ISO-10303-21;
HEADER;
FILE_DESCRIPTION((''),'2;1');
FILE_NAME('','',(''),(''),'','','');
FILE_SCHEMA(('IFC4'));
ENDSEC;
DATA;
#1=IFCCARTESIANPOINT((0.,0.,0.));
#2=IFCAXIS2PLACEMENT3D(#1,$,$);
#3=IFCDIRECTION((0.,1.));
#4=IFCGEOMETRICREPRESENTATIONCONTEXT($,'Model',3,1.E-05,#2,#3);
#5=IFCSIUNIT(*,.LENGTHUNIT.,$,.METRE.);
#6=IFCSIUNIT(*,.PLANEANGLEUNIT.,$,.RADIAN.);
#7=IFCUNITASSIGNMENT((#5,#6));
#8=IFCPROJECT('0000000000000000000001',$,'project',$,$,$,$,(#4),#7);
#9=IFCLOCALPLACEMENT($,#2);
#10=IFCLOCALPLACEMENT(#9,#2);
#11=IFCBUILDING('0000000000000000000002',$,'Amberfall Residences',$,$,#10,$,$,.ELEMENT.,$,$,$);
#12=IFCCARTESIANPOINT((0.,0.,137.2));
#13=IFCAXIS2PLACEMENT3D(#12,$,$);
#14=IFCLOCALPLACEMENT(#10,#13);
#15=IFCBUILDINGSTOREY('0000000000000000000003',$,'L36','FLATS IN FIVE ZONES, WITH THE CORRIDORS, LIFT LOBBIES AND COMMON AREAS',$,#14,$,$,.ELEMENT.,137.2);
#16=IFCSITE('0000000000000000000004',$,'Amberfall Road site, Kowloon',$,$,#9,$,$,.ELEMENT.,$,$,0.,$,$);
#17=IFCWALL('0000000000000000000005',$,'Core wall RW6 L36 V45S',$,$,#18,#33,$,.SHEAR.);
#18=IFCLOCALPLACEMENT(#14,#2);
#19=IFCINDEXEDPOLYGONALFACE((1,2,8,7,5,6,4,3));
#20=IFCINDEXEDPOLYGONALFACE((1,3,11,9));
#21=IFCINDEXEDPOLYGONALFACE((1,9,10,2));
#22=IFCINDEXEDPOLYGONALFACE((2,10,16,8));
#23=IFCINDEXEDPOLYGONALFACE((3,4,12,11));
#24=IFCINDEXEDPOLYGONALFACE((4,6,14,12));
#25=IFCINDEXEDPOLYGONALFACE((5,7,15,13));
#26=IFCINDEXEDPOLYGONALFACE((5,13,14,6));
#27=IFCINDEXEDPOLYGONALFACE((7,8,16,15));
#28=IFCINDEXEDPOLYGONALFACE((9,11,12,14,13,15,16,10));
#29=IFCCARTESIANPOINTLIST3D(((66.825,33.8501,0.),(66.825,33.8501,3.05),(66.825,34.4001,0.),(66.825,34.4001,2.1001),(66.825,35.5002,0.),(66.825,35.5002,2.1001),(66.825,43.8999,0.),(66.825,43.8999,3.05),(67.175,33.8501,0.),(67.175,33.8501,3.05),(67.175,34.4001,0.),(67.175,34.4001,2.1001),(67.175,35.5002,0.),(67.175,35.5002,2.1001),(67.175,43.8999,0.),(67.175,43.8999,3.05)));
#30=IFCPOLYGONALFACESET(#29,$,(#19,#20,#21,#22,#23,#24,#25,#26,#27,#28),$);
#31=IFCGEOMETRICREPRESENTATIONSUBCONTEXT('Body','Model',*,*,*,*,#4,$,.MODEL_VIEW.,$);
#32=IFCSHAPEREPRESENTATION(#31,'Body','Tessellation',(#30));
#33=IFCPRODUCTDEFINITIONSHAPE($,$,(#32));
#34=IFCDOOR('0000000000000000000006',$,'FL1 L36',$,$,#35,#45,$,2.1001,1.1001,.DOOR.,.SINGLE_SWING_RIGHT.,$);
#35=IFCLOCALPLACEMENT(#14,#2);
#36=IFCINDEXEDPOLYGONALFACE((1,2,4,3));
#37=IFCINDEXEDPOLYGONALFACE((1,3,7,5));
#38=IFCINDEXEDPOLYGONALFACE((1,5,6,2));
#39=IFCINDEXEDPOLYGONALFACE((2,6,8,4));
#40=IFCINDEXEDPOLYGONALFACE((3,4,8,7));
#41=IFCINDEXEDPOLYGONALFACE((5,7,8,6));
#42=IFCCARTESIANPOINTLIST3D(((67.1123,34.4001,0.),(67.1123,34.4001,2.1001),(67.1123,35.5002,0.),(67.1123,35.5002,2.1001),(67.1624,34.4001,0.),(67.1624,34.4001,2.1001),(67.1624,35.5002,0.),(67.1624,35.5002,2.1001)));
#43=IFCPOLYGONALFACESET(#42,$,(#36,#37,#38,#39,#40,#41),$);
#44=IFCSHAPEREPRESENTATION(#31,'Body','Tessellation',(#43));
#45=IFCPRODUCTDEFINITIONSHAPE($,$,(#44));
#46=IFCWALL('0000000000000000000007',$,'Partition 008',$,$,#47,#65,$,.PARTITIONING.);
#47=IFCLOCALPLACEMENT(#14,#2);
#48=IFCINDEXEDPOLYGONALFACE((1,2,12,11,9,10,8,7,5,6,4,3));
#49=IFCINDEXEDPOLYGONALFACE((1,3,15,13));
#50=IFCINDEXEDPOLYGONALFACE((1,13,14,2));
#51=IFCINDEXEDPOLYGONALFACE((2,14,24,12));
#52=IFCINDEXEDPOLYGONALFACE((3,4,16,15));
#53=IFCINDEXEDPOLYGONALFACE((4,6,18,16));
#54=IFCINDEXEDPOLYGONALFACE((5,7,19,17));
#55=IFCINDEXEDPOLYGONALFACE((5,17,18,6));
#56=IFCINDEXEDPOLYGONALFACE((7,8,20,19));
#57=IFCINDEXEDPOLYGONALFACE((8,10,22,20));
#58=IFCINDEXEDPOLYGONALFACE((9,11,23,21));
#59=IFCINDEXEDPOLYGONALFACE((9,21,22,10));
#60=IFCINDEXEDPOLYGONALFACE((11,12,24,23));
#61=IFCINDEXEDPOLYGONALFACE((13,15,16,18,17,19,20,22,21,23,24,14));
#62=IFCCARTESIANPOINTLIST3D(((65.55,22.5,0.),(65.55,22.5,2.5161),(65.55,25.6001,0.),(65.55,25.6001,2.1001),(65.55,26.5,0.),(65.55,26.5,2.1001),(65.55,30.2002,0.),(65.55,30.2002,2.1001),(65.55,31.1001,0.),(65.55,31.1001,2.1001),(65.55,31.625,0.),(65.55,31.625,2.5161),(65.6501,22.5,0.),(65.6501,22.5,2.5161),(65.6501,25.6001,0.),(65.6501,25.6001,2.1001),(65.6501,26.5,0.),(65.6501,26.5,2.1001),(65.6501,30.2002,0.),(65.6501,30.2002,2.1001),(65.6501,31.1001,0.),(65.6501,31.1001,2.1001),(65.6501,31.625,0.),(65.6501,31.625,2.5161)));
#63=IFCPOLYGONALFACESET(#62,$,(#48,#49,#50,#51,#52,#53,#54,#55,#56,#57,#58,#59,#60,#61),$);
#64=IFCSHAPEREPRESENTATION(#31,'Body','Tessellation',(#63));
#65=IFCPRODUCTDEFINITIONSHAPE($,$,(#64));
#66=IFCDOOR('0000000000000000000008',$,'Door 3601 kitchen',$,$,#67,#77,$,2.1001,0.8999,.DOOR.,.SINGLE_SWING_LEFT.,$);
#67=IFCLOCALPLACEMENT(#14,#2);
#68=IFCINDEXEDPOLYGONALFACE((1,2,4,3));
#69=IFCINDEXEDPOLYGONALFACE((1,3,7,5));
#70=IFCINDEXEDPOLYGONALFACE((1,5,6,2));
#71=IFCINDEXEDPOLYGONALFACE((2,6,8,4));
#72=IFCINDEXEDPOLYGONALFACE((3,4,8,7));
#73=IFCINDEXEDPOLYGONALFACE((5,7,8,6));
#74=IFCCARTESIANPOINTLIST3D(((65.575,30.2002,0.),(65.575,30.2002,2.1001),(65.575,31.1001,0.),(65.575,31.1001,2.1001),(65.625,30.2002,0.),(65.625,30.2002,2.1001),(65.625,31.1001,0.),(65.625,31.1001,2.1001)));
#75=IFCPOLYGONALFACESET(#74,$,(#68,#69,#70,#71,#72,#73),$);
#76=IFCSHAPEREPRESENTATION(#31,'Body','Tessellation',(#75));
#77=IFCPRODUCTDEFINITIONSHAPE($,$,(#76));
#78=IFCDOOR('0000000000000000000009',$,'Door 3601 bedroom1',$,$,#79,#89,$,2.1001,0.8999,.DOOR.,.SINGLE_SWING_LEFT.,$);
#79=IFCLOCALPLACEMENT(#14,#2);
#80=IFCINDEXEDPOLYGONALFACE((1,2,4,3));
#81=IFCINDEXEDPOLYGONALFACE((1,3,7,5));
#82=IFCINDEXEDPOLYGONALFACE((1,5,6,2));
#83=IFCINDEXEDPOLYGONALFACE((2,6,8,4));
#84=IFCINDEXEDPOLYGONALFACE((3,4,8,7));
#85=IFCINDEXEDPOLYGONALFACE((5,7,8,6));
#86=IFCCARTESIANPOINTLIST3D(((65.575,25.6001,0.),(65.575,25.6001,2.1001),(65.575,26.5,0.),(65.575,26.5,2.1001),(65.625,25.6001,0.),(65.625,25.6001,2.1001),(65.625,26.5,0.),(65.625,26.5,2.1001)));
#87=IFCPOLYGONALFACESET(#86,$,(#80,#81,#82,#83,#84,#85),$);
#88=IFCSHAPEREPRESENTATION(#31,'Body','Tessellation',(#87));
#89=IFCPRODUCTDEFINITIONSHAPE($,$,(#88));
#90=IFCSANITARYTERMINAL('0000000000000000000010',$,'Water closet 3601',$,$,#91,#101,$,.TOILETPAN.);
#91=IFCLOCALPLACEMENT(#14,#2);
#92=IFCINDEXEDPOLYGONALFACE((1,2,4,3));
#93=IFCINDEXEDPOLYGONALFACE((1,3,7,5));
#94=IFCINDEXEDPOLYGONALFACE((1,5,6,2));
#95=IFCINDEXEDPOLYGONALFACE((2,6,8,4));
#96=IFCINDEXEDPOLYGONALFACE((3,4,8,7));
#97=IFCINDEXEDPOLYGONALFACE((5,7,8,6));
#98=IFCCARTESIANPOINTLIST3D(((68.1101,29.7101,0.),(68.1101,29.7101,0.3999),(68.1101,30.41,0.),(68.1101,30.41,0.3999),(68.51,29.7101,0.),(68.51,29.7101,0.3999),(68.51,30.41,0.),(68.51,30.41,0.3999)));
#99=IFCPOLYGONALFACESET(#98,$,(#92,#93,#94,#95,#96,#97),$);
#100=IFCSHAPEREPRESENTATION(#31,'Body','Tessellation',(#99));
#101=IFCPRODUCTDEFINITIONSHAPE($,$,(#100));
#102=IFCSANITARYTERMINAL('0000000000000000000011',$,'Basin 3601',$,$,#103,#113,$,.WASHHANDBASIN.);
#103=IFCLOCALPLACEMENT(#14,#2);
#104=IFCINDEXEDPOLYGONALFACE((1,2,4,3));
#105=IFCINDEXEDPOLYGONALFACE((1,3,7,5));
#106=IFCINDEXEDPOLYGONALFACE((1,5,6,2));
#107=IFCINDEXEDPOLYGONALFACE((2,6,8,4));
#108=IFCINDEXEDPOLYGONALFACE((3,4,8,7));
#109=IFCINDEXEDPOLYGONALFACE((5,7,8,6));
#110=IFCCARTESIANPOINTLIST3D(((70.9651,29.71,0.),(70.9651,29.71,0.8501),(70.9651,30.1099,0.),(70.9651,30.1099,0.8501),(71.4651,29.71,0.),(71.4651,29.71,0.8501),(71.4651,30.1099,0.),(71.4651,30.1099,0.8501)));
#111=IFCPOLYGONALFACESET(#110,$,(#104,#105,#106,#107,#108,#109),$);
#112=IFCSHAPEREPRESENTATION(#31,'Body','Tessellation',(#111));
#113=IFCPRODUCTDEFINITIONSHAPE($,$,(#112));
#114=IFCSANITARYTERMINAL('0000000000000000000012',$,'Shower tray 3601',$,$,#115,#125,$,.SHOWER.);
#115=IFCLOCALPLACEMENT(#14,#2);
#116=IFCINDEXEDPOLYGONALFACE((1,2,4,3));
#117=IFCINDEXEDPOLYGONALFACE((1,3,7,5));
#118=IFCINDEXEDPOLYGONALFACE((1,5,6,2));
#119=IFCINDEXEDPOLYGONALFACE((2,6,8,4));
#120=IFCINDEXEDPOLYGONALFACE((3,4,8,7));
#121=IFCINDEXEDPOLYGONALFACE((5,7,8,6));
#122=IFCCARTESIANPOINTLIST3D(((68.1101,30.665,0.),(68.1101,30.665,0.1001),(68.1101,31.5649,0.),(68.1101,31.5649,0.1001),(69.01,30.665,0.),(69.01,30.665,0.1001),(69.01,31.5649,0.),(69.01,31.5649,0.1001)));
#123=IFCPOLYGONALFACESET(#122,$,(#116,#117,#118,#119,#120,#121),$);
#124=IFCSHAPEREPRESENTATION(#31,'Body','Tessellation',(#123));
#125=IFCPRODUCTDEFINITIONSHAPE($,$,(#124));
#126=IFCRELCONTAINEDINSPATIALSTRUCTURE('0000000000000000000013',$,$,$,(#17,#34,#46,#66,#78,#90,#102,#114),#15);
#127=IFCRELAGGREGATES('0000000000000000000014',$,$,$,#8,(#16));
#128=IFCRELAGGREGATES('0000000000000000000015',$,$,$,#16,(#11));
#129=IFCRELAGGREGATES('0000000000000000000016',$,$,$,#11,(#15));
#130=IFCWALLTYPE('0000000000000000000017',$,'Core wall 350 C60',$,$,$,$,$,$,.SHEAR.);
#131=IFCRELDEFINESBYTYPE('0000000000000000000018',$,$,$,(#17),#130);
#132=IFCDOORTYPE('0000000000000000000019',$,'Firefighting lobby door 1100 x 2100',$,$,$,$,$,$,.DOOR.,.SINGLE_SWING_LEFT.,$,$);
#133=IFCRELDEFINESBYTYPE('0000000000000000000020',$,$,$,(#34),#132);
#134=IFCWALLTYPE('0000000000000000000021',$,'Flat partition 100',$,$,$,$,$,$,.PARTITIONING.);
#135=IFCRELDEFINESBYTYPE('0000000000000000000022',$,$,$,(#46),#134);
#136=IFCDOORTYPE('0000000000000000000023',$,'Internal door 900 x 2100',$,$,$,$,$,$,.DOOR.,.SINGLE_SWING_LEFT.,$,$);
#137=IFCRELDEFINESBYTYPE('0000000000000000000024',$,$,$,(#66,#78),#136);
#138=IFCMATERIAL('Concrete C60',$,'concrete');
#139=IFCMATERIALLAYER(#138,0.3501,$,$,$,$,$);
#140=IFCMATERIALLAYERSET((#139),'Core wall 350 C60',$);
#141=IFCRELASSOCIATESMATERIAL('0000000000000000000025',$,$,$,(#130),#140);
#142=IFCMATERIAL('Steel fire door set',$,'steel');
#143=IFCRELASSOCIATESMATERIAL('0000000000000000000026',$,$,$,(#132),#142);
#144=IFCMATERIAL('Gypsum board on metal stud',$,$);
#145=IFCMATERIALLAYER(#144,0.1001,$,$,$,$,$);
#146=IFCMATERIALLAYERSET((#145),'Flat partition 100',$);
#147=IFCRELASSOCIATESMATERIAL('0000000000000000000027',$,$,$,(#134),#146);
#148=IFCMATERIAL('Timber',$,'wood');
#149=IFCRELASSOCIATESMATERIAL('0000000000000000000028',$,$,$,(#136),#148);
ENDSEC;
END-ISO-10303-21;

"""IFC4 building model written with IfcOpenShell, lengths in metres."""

from ifc_helpers import new_model, si_unit, direction, frame, frame_2d, origin, origin_2d, place, context, subcontext, project, spatial, rectangle, extrude, material, layer, layer_set, type_object, element, fill, save


model = new_model("IFC4")

# Units and contexts
model_context = context("Model", 3, precision=1e-05, world=origin(), true_north=direction((0.0, 1.0)))
body_context = subcontext(model_context, "Body", "Model", "MODEL_VIEW")
ifc_project = project(units=[si_unit("LENGTHUNIT", "METRE"), si_unit("PLANEANGLEUNIT", "RADIAN")], contexts=[model_context])

# Site, building, storey
site_placement = place(None, origin())
site = spatial("IfcSite", under=ifc_project, at=site_placement, Name="Amberfall Road site, Kowloon", CompositionType="ELEMENT", RefElevation=0.0)
building_placement = place(site_placement, origin())
building = spatial("IfcBuilding", under=site, at=building_placement, Name="Amberfall Residences", CompositionType="ELEMENT")
storey_placement = place(building_placement, frame((0.0, 0.0, 137.2)))
storey = spatial("IfcBuildingStorey", under=building, at=storey_placement, Name="L36", Description="FLATS IN FIVE ZONES, WITH THE CORRIDORS, LIFT LOBBIES AND COMMON AREAS", CompositionType="ELEMENT", Elevation=137.2)

# Wall, opening, door
ifc_material_1 = material(Name="Concrete C60", Category="concrete")
ifc_layer_1 = layer(ifc_material_1, 0.3501)
ifc_layer_set_1 = layer_set([ifc_layer_1], Name="Core wall 350 C60")
wall_type_1 = type_object("IfcWallType", Name="Core wall 350 C60", PredefinedType="SHEAR", material=ifc_layer_set_1)
wall_1_placement = place(storey_placement, frame((67.0, 33.8501, 0.0), z_axis=(0.0, 0.0, 1.0), x_axis=(0.0, 1.0, 0.0)))
wall_1 = element("IfcWall", 1, at=wall_1_placement, inside=storey, type_object=wall_type_1, Name="Core wall RW6 L36 V45S", PredefinedType="SHEAR", context=body_context, shape_type="SweptSolid", body=[
    extrude(rectangle(XDim=10.0498, YDim=0.3501, at=frame_2d((5.0249, 0.0))), origin(), (0.0, 0.0, 1.0), 3.05),
])
opening_1_placement = place(wall_1_placement, frame((0.55, 0.0, 0.0)))
opening_1 = element("IfcOpeningElement", 2, at=opening_1_placement, cuts=wall_1, PredefinedType="OPENING", context=body_context, shape_type="SweptSolid", body=[
    extrude(rectangle(XDim=1.1001, YDim=2.1001, at=frame_2d((0.55, 1.05))), frame((0.0, 0.1851, 0.0), z_axis=(0.0, -1.0, 0.0), x_axis=(1.0, 0.0, 0.0)), (0.0, 0.0, 1.0), 0.3701),
])
ifc_material_2 = material(Name="Steel fire door set", Category="steel")
door_type_1 = type_object("IfcDoorType", Name="Firefighting lobby door 1100 x 2100", OperationType="SINGLE_SWING_LEFT", PredefinedType="DOOR", material=ifc_material_2)
door_1_placement = place(opening_1_placement, origin())
door_1 = element("IfcDoor", 3, at=door_1_placement, inside=storey, type_object=door_type_1, Name="FL1 L36", OperationType="SINGLE_SWING_RIGHT", OverallHeight=2.1001, OverallWidth=1.1001, PredefinedType="DOOR", context=body_context, shape_type="SweptSolid", body=[
    extrude(rectangle(XDim=1.1001, YDim=2.1001, at=frame_2d((0.55, 1.05))), frame((0.0, -0.1123, 0.0), z_axis=(0.0, -1.0, 0.0), x_axis=(1.0, 0.0, 0.0)), (0.0, 0.0, 1.0), 0.05),
])
fill(opening_1, door_1)

# Wall, openings, doors
ifc_material_3 = material(Name="Gypsum board on metal stud")
ifc_layer_2 = layer(ifc_material_3, 0.1001)
ifc_layer_set_2 = layer_set([ifc_layer_2], Name="Flat partition 100")
wall_type_2 = type_object("IfcWallType", Name="Flat partition 100", PredefinedType="PARTITIONING", material=ifc_layer_set_2)
wall_2_placement = place(storey_placement, frame((65.6001, 31.625, 0.0), z_axis=(0.0, 0.0, 1.0), x_axis=(0.0, -1.0, 0.0)))
wall_2 = element("IfcWall", 4, at=wall_2_placement, inside=storey, type_object=wall_type_2, Name="Partition 008", PredefinedType="PARTITIONING", context=body_context, shape_type="SweptSolid", body=[
    extrude(rectangle(XDim=9.125, YDim=0.1001, at=frame_2d((4.5625, 0.0))), origin(), (0.0, 0.0, 1.0), 2.5161),
])
opening_2_placement = place(wall_2_placement, frame((0.5249, 0.0, 0.0)))
opening_2 = element("IfcOpeningElement", 5, at=opening_2_placement, cuts=wall_2, PredefinedType="OPENING", context=body_context, shape_type="SweptSolid", body=[
    extrude(rectangle(XDim=0.8999, YDim=2.1001, at=frame_2d((0.45, 1.05))), frame((0.0, 0.0601, 0.0), z_axis=(0.0, -1.0, 0.0), x_axis=(1.0, 0.0, 0.0)), (0.0, 0.0, 1.0), 0.1201),
])
opening_3_placement = place(wall_2_placement, frame((5.125, 0.0, 0.0)))
opening_3 = element("IfcOpeningElement", 6, at=opening_3_placement, cuts=wall_2, PredefinedType="OPENING", context=body_context, shape_type="SweptSolid", body=[
    extrude(rectangle(XDim=0.8999, YDim=2.1001, at=frame_2d((0.45, 1.05))), frame((0.0, 0.0601, 0.0), z_axis=(0.0, -1.0, 0.0), x_axis=(1.0, 0.0, 0.0)), (0.0, 0.0, 1.0), 0.1201),
])
ifc_material_4 = material(Name="Timber", Category="wood")
door_type_2 = type_object("IfcDoorType", Name="Internal door 900 x 2100", OperationType="SINGLE_SWING_LEFT", PredefinedType="DOOR", material=ifc_material_4)
door_2_placement = place(opening_2_placement, origin())
door_2 = element("IfcDoor", 7, at=door_2_placement, inside=storey, type_object=door_type_2, Name="Door 3601 kitchen", OperationType="SINGLE_SWING_LEFT", OverallHeight=2.1001, OverallWidth=0.8999, PredefinedType="DOOR", context=body_context, shape_type="SweptSolid", body=[
    extrude(rectangle(XDim=0.8999, YDim=2.1001, at=frame_2d((0.45, 1.05))), frame((0.0, 0.0249, 0.0), z_axis=(0.0, -1.0, 0.0), x_axis=(1.0, 0.0, 0.0)), (0.0, 0.0, 1.0), 0.05),
])
fill(opening_2, door_2)
door_3_placement = place(opening_3_placement, origin())
door_3 = element("IfcDoor", 8, at=door_3_placement, inside=storey, type_object=door_type_2, Name="Door 3601 bedroom1", OperationType="SINGLE_SWING_LEFT", OverallHeight=2.1001, OverallWidth=0.8999, PredefinedType="DOOR", context=body_context, shape_type="SweptSolid", body=[
    extrude(rectangle(XDim=0.8999, YDim=2.1001, at=frame_2d((0.45, 1.05))), frame((0.0, 0.0249, 0.0), z_axis=(0.0, -1.0, 0.0), x_axis=(1.0, 0.0, 0.0)), (0.0, 0.0, 1.0), 0.05),
])
fill(opening_3, door_3)

# Sanitary terminals
sanitary_terminal_1_placement = place(storey_placement, frame((68.3101, 30.0601, 0.0), z_axis=(0.0, 0.0, 1.0), x_axis=(1.0, 0.0, 0.0)))
element("IfcSanitaryTerminal", 9, at=sanitary_terminal_1_placement, inside=storey, Name="Water closet 3601", PredefinedType="TOILETPAN", context=body_context, shape_type="SweptSolid", body=[
    extrude(rectangle(XDim=0.3999, YDim=0.7, at=origin_2d()), origin(), (0.0, 0.0, 1.0), 0.3999),
])
sanitary_terminal_2_placement = place(storey_placement, frame((71.2151, 29.9099, 0.0), z_axis=(0.0, 0.0, 1.0), x_axis=(1.0, 0.0, 0.0)))
element("IfcSanitaryTerminal", 10, at=sanitary_terminal_2_placement, inside=storey, Name="Basin 3601", PredefinedType="WASHHANDBASIN", context=body_context, shape_type="SweptSolid", body=[
    extrude(rectangle(XDim=0.5, YDim=0.3999, at=origin_2d()), origin(), (0.0, 0.0, 1.0), 0.8501),
])
sanitary_terminal_3_placement = place(storey_placement, frame((68.5601, 31.115, 0.0), z_axis=(0.0, 0.0, 1.0), x_axis=(1.0, 0.0, 0.0)))
element("IfcSanitaryTerminal", 11, at=sanitary_terminal_3_placement, inside=storey, Name="Shower tray 3601", PredefinedType="SHOWER", context=body_context, shape_type="SweptSolid", body=[
    extrude(rectangle(XDim=0.8999, YDim=0.8999, at=origin_2d()), origin(), (0.0, 0.0, 1.0), 0.1001),
])

save(model, "model.ifc")
